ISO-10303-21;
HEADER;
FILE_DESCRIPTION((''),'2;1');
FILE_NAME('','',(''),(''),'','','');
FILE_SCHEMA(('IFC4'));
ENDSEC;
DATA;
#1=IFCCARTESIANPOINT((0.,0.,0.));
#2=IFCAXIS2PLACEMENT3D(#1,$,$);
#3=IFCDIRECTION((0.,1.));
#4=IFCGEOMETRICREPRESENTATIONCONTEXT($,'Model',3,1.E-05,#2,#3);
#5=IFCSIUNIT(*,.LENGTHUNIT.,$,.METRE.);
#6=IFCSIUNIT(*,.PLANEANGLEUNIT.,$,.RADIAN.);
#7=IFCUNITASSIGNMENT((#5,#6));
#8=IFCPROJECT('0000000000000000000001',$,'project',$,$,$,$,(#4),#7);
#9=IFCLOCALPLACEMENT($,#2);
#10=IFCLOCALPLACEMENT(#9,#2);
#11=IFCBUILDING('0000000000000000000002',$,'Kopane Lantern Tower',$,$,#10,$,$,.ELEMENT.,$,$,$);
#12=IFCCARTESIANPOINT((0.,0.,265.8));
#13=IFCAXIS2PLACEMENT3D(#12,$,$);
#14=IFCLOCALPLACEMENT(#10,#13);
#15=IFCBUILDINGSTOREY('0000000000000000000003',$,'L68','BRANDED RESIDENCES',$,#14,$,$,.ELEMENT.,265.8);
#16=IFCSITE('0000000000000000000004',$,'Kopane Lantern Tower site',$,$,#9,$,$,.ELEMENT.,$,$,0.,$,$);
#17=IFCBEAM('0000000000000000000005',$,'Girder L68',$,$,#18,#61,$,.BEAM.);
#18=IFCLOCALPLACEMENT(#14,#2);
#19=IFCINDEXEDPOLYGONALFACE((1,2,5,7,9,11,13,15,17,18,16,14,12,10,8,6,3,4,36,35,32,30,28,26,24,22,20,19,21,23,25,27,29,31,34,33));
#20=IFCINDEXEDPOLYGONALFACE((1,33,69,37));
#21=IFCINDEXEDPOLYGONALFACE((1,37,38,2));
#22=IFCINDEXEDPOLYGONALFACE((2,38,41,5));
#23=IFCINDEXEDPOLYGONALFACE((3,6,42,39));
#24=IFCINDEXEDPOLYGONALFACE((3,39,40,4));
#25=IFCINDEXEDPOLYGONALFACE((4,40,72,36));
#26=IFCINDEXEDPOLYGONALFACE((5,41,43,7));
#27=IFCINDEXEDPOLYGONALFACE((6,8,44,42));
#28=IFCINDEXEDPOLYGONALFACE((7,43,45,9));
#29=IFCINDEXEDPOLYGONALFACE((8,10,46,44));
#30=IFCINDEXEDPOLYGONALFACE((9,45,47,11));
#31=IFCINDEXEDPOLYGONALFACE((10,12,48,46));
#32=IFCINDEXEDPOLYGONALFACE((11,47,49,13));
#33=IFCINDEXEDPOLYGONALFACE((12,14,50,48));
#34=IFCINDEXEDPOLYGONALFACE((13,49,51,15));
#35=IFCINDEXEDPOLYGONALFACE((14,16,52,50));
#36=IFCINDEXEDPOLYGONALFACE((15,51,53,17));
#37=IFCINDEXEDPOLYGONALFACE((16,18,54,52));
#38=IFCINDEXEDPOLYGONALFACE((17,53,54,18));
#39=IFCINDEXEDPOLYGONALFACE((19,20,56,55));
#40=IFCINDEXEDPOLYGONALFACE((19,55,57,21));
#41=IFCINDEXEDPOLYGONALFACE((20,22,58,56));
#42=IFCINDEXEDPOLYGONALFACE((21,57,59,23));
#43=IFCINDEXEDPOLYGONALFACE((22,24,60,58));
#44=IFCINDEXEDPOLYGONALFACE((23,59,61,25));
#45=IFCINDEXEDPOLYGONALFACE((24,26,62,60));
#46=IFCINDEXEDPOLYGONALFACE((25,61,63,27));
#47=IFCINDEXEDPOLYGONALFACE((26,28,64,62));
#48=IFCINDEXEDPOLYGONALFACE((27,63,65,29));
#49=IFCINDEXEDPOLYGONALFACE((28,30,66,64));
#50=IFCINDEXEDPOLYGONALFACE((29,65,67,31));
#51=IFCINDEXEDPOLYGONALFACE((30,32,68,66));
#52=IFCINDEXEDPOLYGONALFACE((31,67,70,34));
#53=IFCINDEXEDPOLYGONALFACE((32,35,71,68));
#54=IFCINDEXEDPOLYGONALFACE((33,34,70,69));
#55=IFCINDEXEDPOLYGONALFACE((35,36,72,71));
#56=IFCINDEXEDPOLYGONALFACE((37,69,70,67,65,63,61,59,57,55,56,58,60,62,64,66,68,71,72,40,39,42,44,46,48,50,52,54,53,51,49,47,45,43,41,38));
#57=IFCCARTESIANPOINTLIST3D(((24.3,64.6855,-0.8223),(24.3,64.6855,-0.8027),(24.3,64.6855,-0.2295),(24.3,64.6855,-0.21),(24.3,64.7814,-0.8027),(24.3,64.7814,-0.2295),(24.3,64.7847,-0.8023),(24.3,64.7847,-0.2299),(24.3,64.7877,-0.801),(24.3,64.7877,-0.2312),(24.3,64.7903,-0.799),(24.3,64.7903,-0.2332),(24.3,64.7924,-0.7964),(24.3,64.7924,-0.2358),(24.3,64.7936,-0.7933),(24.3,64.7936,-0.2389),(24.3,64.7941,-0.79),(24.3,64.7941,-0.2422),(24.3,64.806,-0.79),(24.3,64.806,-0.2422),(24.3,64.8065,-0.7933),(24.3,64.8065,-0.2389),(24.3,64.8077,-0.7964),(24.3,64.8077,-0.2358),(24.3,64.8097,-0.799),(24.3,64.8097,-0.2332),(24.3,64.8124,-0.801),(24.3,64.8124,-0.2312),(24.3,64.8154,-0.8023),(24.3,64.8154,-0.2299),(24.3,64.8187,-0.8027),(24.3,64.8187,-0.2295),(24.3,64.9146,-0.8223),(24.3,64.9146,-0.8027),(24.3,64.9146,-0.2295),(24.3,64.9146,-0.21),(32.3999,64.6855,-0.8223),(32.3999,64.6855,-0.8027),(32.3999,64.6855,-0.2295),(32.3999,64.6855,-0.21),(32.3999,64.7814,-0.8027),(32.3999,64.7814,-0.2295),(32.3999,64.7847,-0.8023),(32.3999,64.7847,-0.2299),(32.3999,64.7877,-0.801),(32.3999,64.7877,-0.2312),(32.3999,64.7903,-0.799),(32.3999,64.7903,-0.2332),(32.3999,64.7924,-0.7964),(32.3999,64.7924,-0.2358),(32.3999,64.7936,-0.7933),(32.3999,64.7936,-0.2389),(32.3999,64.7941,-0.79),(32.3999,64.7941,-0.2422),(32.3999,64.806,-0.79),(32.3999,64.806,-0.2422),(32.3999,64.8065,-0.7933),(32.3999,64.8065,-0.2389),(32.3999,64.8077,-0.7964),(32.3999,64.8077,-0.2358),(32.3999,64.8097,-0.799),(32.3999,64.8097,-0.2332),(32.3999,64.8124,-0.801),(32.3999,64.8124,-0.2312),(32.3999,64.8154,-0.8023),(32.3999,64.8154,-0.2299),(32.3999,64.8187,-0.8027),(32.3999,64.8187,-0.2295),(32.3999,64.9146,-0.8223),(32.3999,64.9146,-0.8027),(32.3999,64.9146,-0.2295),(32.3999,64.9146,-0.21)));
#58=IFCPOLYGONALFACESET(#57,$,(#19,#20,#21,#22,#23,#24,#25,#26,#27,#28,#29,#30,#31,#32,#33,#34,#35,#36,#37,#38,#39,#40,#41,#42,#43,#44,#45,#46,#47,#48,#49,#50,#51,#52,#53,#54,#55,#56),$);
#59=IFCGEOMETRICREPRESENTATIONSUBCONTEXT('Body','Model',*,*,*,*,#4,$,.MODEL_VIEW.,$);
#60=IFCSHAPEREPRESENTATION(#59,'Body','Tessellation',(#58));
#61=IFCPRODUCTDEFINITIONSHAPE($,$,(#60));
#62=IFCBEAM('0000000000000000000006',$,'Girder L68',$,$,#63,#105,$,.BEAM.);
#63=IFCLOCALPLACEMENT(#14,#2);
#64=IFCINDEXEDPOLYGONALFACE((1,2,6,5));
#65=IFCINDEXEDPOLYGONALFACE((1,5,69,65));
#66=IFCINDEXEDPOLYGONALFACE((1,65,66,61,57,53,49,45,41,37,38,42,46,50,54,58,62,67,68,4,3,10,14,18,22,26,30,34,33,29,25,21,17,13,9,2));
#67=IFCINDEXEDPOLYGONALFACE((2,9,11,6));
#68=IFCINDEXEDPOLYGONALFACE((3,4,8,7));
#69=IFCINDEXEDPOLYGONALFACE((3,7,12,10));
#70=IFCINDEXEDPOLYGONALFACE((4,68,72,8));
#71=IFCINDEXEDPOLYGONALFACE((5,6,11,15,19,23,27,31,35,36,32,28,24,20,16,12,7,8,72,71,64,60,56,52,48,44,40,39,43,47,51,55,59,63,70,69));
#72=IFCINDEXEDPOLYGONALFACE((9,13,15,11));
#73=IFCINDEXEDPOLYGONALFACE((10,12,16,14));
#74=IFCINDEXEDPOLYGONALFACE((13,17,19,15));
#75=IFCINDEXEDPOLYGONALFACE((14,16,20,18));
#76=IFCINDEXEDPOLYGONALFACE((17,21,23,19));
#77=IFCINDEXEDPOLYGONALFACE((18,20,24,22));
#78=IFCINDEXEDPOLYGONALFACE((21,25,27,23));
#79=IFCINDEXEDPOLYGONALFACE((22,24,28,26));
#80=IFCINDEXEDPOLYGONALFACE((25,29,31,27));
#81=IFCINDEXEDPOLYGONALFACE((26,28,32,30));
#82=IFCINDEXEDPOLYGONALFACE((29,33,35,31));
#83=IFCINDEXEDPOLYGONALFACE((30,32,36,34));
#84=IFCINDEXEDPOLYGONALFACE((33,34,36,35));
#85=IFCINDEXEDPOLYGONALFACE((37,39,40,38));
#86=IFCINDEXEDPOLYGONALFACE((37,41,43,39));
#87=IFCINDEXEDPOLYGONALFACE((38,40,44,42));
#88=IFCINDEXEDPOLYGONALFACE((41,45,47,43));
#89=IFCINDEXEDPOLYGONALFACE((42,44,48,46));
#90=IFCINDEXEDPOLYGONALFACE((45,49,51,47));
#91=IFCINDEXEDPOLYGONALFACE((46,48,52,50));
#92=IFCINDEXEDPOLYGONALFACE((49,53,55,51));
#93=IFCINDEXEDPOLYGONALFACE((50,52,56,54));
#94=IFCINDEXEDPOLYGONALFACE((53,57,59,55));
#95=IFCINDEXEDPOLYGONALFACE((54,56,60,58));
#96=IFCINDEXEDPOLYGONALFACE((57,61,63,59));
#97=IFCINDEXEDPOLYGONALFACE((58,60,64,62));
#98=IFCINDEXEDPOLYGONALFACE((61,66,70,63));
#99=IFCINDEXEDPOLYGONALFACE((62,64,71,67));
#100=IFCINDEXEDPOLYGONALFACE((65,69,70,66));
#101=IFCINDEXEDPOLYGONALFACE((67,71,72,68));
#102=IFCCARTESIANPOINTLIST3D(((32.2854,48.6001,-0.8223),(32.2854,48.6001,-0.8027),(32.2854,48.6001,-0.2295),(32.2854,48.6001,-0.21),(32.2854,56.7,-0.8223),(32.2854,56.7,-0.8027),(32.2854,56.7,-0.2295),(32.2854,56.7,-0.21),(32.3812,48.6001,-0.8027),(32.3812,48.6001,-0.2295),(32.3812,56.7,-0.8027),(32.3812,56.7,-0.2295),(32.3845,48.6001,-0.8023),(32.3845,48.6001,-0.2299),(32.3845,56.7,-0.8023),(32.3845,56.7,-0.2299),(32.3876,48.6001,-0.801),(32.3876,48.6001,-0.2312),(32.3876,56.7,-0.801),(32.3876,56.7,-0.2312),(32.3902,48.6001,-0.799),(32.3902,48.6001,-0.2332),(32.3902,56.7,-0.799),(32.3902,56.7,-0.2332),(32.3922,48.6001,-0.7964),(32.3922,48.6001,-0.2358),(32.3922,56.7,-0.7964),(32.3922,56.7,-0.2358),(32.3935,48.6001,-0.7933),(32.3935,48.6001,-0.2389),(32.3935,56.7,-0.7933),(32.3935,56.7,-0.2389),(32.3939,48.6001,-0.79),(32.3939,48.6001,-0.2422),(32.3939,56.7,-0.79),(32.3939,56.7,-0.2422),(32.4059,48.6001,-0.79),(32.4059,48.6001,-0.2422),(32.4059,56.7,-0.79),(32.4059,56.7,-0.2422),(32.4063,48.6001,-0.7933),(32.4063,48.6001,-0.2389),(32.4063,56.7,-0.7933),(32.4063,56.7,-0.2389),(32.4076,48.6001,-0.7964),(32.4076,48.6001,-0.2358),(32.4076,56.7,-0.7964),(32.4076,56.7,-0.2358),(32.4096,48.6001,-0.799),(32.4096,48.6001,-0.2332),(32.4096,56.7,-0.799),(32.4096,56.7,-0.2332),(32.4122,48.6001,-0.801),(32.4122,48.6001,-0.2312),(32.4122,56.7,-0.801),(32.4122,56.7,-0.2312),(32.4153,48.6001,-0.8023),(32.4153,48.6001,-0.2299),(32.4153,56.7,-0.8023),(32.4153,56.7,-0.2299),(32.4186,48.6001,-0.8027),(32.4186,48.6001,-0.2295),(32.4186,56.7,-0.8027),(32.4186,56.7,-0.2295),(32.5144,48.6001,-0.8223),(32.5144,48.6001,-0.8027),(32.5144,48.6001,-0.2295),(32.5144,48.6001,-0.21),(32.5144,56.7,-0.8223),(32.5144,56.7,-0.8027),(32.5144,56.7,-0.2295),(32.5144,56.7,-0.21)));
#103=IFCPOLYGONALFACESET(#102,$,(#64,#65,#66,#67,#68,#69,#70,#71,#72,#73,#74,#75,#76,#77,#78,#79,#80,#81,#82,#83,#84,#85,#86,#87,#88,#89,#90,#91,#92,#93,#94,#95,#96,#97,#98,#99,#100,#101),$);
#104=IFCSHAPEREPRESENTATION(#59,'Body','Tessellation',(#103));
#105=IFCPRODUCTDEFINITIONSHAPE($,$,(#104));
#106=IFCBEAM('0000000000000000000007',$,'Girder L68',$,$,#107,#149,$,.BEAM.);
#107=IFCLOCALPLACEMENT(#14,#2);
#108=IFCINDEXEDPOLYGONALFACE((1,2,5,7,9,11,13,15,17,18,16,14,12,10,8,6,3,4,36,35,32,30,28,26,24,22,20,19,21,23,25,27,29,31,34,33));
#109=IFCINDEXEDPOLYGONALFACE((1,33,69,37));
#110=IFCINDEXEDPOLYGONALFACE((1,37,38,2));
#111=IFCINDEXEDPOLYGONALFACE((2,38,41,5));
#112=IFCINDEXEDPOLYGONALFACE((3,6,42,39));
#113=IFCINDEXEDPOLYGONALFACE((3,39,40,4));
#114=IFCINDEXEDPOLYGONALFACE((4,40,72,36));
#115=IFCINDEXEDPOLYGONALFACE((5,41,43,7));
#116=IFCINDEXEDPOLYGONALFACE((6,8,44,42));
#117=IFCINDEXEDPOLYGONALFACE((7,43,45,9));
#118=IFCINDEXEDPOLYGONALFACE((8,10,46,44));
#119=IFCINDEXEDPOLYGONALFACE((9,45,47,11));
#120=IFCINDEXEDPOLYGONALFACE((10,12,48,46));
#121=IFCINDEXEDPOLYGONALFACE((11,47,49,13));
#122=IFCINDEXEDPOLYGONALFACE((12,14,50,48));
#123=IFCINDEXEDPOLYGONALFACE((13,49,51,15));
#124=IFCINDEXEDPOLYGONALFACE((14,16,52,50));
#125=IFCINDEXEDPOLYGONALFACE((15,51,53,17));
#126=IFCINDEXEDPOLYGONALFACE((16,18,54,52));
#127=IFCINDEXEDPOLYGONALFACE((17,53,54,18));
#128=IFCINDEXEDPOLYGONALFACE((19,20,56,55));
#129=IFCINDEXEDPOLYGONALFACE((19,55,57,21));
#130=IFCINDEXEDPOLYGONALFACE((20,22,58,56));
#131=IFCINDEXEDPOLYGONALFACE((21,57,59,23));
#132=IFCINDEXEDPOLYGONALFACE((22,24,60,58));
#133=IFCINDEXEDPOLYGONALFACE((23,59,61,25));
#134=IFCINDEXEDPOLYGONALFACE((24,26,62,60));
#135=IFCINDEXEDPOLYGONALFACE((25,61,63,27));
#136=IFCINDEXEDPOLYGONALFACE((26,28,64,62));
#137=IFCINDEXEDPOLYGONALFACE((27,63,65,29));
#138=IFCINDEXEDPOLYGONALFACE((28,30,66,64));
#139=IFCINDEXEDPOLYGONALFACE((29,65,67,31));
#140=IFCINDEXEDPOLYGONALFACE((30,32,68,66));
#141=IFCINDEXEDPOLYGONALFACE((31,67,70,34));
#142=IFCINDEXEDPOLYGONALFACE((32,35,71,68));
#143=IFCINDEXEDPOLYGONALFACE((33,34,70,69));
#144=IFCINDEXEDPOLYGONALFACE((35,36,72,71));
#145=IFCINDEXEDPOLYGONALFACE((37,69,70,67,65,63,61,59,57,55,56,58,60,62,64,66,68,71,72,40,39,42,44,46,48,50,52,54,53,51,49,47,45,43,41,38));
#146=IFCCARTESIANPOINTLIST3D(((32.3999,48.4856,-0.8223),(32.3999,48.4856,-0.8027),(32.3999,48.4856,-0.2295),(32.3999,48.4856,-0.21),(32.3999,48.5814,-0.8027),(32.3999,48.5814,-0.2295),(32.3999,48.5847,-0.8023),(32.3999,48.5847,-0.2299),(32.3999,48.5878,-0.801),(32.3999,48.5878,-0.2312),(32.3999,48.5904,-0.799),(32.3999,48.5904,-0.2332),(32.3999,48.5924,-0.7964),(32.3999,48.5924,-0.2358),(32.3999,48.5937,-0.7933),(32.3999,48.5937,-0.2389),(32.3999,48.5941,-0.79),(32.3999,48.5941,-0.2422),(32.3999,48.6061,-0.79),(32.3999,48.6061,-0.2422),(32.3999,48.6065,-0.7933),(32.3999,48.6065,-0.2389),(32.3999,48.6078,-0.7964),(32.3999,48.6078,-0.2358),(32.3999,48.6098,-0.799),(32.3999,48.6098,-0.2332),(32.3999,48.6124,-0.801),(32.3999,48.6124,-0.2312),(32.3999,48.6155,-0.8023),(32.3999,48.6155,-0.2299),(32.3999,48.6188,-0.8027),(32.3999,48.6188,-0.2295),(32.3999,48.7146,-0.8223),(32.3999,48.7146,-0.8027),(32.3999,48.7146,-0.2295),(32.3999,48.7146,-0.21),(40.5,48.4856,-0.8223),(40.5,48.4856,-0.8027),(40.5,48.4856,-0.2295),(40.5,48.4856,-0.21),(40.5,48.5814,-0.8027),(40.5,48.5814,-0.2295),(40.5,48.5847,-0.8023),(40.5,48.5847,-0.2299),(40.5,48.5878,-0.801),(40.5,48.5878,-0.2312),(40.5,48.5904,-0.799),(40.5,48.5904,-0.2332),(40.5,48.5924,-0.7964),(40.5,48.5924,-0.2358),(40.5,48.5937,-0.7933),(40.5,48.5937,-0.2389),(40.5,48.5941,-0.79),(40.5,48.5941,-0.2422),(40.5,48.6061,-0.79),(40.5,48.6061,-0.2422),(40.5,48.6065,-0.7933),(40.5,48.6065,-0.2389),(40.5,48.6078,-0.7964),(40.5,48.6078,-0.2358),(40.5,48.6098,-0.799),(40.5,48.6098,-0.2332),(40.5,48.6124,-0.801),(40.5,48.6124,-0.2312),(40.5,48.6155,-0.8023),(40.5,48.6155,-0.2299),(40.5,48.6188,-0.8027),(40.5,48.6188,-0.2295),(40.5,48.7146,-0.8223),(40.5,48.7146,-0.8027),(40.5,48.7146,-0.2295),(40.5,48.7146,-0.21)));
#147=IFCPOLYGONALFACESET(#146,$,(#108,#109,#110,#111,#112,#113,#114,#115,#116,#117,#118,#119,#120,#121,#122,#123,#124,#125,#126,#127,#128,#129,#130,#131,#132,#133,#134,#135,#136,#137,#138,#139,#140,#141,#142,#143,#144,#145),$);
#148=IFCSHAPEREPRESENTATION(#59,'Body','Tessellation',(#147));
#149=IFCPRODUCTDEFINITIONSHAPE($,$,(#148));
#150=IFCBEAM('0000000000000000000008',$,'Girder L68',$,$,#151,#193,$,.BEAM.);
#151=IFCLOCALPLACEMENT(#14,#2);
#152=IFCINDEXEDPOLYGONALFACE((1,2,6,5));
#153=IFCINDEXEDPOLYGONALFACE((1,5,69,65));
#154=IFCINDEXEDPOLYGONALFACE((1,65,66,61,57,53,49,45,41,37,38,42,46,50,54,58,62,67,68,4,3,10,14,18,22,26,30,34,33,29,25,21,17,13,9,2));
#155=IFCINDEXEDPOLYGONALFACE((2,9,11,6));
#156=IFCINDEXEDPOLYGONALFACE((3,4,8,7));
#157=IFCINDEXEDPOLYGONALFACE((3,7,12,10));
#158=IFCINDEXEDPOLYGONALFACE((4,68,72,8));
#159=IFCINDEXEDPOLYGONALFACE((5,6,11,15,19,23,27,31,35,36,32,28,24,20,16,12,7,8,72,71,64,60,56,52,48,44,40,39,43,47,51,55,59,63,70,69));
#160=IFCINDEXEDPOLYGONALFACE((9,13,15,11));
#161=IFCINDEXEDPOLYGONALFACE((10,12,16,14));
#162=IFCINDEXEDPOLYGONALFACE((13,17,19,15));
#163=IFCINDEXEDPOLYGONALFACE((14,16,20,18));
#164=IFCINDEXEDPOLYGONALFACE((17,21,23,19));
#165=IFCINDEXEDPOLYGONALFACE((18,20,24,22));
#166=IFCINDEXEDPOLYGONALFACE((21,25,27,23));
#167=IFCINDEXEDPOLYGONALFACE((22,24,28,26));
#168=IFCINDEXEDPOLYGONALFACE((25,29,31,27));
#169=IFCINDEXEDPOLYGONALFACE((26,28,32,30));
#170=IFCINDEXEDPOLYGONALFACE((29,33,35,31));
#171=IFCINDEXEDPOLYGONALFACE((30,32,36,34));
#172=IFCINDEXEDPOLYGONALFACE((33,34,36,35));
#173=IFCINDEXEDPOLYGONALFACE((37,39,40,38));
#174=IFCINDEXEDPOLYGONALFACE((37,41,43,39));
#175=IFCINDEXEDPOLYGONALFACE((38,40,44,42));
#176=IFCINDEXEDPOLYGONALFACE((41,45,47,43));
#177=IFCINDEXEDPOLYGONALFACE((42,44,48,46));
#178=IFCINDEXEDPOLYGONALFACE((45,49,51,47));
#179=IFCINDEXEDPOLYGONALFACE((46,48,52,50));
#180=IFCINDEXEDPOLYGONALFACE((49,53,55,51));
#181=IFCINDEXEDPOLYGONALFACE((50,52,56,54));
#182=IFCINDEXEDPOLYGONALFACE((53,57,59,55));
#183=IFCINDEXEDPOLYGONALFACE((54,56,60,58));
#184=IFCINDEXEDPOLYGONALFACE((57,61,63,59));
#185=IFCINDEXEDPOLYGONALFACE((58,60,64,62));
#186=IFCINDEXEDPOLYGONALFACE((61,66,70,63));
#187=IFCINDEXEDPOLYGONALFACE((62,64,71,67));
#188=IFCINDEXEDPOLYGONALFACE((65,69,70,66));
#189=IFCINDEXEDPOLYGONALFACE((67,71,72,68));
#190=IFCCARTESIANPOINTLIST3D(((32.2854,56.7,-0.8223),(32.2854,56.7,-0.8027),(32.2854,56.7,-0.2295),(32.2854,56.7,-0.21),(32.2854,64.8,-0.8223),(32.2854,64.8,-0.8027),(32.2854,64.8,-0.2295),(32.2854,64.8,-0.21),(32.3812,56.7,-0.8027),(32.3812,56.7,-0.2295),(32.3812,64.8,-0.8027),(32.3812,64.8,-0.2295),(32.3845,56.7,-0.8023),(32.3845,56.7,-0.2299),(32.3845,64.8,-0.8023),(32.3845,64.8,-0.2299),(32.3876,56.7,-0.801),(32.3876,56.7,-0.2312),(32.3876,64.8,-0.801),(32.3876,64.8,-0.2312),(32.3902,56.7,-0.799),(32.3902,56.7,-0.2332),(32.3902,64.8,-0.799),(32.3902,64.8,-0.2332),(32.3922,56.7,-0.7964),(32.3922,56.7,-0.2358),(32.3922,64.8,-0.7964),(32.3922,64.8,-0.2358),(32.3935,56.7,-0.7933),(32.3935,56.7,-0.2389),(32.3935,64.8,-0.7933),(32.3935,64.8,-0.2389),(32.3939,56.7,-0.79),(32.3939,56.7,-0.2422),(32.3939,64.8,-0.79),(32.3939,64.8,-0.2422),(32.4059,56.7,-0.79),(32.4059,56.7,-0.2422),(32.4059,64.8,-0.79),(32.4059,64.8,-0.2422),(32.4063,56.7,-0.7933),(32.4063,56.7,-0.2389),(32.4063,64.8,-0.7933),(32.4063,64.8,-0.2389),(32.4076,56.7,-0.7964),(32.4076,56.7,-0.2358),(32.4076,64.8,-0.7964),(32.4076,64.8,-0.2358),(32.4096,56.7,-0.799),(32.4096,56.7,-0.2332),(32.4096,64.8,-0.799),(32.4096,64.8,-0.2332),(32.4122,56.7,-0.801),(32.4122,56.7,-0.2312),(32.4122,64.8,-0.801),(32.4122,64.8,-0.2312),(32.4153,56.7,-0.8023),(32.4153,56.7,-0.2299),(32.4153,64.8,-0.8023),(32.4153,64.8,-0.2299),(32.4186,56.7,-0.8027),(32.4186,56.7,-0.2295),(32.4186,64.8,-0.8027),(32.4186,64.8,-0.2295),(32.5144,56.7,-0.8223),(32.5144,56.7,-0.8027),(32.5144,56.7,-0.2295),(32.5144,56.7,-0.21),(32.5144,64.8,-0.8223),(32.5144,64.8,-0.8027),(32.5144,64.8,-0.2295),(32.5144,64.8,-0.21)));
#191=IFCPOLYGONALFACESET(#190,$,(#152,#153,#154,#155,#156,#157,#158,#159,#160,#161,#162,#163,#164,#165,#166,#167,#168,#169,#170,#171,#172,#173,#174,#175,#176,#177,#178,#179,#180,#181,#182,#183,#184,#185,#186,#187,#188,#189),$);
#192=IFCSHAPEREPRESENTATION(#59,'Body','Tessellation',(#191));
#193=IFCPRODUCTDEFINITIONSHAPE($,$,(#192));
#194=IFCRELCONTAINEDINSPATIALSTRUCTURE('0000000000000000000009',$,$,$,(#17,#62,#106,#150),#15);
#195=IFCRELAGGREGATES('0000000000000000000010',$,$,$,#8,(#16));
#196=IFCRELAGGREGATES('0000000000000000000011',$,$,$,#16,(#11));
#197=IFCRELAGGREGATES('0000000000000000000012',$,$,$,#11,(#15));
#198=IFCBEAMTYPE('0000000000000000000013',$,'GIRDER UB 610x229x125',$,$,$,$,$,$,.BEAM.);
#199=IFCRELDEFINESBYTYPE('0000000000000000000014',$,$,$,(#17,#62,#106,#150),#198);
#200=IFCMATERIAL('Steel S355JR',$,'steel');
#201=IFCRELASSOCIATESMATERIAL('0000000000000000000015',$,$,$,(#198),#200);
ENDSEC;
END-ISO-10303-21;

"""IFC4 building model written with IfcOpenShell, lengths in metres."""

from ifc_helpers import new_model, si_unit, direction, frame, origin, origin_2d, place, context, subcontext, project, spatial, i_section, extrude, material, material_profile, profile_set, type_object, element, save


model = new_model("IFC4")

# Units and contexts
model_context = context("Model", 3, precision=1e-05, world=origin(), true_north=direction((0.0, 1.0)))
body_context = subcontext(model_context, "Body", "Model", "MODEL_VIEW")
ifc_project = project(units=[si_unit("LENGTHUNIT", "METRE"), si_unit("PLANEANGLEUNIT", "RADIAN")], contexts=[model_context])

# Site, building, storey
site_placement = place(None, origin())
site = spatial("IfcSite", under=ifc_project, at=site_placement, Name="Kopane Lantern Tower site", CompositionType="ELEMENT", RefElevation=0.0)
building_placement = place(site_placement, origin())
building = spatial("IfcBuilding", under=site, at=building_placement, Name="Kopane Lantern Tower", CompositionType="ELEMENT")
storey_placement = place(building_placement, frame((0.0, 0.0, 265.8)))
storey = spatial("IfcBuildingStorey", under=building, at=storey_placement, Name="L68", Description="BRANDED RESIDENCES", CompositionType="ELEMENT", Elevation=265.8)

# Beams
ifc_material_1 = material(Name="Steel S355JR", Category="steel")
ifc_material_profile_1 = material_profile(ifc_material_1, i_section(OverallWidth=0.229, OverallDepth=0.6123, WebThickness=0.012, FlangeThickness=0.0195, FilletRadius=0.0127, at=origin_2d()), Name="UB 610x229x125")
ifc_profile_set_1 = profile_set([ifc_material_profile_1], Name="Steel S355JR")
beam_type = type_object("IfcBeamType", Name="GIRDER UB 610x229x125", PredefinedType="BEAM", material=ifc_profile_set_1)
for number, where, z_axis, x_axis, name in (
    (1, (24.3, 64.8, -0.5161), (1.0, 0.0, 0.0), (0.0, 1.0, 0.0), "Girder L68"),
    (2, (32.3999, 48.6001, -0.5161), (0.0, 1.0, 0.0), (-1.0, 0.0, 0.0), "Girder L68"),
):
    element("IfcBeam", number, at=place(storey_placement, frame(where, z_axis=z_axis, x_axis=x_axis)), inside=storey, type_object=beam_type, Name=name, PredefinedType="BEAM", context=body_context, shape_type="SweptSolid", body=[
        extrude(i_section(OverallWidth=0.229, OverallDepth=0.6123, WebThickness=0.012, FlangeThickness=0.0195, FilletRadius=0.0127, at=origin_2d()), origin(), (0.0, 0.0, 1.0), 8.0999),
    ])
for number, where, z_axis, x_axis, name in (
    (3, (32.3999, 48.6001, -0.5161), (1.0, 0.0, 0.0), (0.0, 1.0, 0.0), "Girder L68"),
    (4, (32.3999, 56.7, -0.5161), (0.0, 1.0, 0.0), (-1.0, 0.0, 0.0), "Girder L68"),
):
    element("IfcBeam", number, at=place(storey_placement, frame(where, z_axis=z_axis, x_axis=x_axis)), inside=storey, type_object=beam_type, Name=name, PredefinedType="BEAM", context=body_context, shape_type="SweptSolid", body=[
        extrude(i_section(OverallWidth=0.229, OverallDepth=0.6123, WebThickness=0.012, FlangeThickness=0.0195, FilletRadius=0.0127, at=origin_2d()), origin(), (0.0, 0.0, 1.0), 8.1001),
    ])

save(model, "model.ifc")
